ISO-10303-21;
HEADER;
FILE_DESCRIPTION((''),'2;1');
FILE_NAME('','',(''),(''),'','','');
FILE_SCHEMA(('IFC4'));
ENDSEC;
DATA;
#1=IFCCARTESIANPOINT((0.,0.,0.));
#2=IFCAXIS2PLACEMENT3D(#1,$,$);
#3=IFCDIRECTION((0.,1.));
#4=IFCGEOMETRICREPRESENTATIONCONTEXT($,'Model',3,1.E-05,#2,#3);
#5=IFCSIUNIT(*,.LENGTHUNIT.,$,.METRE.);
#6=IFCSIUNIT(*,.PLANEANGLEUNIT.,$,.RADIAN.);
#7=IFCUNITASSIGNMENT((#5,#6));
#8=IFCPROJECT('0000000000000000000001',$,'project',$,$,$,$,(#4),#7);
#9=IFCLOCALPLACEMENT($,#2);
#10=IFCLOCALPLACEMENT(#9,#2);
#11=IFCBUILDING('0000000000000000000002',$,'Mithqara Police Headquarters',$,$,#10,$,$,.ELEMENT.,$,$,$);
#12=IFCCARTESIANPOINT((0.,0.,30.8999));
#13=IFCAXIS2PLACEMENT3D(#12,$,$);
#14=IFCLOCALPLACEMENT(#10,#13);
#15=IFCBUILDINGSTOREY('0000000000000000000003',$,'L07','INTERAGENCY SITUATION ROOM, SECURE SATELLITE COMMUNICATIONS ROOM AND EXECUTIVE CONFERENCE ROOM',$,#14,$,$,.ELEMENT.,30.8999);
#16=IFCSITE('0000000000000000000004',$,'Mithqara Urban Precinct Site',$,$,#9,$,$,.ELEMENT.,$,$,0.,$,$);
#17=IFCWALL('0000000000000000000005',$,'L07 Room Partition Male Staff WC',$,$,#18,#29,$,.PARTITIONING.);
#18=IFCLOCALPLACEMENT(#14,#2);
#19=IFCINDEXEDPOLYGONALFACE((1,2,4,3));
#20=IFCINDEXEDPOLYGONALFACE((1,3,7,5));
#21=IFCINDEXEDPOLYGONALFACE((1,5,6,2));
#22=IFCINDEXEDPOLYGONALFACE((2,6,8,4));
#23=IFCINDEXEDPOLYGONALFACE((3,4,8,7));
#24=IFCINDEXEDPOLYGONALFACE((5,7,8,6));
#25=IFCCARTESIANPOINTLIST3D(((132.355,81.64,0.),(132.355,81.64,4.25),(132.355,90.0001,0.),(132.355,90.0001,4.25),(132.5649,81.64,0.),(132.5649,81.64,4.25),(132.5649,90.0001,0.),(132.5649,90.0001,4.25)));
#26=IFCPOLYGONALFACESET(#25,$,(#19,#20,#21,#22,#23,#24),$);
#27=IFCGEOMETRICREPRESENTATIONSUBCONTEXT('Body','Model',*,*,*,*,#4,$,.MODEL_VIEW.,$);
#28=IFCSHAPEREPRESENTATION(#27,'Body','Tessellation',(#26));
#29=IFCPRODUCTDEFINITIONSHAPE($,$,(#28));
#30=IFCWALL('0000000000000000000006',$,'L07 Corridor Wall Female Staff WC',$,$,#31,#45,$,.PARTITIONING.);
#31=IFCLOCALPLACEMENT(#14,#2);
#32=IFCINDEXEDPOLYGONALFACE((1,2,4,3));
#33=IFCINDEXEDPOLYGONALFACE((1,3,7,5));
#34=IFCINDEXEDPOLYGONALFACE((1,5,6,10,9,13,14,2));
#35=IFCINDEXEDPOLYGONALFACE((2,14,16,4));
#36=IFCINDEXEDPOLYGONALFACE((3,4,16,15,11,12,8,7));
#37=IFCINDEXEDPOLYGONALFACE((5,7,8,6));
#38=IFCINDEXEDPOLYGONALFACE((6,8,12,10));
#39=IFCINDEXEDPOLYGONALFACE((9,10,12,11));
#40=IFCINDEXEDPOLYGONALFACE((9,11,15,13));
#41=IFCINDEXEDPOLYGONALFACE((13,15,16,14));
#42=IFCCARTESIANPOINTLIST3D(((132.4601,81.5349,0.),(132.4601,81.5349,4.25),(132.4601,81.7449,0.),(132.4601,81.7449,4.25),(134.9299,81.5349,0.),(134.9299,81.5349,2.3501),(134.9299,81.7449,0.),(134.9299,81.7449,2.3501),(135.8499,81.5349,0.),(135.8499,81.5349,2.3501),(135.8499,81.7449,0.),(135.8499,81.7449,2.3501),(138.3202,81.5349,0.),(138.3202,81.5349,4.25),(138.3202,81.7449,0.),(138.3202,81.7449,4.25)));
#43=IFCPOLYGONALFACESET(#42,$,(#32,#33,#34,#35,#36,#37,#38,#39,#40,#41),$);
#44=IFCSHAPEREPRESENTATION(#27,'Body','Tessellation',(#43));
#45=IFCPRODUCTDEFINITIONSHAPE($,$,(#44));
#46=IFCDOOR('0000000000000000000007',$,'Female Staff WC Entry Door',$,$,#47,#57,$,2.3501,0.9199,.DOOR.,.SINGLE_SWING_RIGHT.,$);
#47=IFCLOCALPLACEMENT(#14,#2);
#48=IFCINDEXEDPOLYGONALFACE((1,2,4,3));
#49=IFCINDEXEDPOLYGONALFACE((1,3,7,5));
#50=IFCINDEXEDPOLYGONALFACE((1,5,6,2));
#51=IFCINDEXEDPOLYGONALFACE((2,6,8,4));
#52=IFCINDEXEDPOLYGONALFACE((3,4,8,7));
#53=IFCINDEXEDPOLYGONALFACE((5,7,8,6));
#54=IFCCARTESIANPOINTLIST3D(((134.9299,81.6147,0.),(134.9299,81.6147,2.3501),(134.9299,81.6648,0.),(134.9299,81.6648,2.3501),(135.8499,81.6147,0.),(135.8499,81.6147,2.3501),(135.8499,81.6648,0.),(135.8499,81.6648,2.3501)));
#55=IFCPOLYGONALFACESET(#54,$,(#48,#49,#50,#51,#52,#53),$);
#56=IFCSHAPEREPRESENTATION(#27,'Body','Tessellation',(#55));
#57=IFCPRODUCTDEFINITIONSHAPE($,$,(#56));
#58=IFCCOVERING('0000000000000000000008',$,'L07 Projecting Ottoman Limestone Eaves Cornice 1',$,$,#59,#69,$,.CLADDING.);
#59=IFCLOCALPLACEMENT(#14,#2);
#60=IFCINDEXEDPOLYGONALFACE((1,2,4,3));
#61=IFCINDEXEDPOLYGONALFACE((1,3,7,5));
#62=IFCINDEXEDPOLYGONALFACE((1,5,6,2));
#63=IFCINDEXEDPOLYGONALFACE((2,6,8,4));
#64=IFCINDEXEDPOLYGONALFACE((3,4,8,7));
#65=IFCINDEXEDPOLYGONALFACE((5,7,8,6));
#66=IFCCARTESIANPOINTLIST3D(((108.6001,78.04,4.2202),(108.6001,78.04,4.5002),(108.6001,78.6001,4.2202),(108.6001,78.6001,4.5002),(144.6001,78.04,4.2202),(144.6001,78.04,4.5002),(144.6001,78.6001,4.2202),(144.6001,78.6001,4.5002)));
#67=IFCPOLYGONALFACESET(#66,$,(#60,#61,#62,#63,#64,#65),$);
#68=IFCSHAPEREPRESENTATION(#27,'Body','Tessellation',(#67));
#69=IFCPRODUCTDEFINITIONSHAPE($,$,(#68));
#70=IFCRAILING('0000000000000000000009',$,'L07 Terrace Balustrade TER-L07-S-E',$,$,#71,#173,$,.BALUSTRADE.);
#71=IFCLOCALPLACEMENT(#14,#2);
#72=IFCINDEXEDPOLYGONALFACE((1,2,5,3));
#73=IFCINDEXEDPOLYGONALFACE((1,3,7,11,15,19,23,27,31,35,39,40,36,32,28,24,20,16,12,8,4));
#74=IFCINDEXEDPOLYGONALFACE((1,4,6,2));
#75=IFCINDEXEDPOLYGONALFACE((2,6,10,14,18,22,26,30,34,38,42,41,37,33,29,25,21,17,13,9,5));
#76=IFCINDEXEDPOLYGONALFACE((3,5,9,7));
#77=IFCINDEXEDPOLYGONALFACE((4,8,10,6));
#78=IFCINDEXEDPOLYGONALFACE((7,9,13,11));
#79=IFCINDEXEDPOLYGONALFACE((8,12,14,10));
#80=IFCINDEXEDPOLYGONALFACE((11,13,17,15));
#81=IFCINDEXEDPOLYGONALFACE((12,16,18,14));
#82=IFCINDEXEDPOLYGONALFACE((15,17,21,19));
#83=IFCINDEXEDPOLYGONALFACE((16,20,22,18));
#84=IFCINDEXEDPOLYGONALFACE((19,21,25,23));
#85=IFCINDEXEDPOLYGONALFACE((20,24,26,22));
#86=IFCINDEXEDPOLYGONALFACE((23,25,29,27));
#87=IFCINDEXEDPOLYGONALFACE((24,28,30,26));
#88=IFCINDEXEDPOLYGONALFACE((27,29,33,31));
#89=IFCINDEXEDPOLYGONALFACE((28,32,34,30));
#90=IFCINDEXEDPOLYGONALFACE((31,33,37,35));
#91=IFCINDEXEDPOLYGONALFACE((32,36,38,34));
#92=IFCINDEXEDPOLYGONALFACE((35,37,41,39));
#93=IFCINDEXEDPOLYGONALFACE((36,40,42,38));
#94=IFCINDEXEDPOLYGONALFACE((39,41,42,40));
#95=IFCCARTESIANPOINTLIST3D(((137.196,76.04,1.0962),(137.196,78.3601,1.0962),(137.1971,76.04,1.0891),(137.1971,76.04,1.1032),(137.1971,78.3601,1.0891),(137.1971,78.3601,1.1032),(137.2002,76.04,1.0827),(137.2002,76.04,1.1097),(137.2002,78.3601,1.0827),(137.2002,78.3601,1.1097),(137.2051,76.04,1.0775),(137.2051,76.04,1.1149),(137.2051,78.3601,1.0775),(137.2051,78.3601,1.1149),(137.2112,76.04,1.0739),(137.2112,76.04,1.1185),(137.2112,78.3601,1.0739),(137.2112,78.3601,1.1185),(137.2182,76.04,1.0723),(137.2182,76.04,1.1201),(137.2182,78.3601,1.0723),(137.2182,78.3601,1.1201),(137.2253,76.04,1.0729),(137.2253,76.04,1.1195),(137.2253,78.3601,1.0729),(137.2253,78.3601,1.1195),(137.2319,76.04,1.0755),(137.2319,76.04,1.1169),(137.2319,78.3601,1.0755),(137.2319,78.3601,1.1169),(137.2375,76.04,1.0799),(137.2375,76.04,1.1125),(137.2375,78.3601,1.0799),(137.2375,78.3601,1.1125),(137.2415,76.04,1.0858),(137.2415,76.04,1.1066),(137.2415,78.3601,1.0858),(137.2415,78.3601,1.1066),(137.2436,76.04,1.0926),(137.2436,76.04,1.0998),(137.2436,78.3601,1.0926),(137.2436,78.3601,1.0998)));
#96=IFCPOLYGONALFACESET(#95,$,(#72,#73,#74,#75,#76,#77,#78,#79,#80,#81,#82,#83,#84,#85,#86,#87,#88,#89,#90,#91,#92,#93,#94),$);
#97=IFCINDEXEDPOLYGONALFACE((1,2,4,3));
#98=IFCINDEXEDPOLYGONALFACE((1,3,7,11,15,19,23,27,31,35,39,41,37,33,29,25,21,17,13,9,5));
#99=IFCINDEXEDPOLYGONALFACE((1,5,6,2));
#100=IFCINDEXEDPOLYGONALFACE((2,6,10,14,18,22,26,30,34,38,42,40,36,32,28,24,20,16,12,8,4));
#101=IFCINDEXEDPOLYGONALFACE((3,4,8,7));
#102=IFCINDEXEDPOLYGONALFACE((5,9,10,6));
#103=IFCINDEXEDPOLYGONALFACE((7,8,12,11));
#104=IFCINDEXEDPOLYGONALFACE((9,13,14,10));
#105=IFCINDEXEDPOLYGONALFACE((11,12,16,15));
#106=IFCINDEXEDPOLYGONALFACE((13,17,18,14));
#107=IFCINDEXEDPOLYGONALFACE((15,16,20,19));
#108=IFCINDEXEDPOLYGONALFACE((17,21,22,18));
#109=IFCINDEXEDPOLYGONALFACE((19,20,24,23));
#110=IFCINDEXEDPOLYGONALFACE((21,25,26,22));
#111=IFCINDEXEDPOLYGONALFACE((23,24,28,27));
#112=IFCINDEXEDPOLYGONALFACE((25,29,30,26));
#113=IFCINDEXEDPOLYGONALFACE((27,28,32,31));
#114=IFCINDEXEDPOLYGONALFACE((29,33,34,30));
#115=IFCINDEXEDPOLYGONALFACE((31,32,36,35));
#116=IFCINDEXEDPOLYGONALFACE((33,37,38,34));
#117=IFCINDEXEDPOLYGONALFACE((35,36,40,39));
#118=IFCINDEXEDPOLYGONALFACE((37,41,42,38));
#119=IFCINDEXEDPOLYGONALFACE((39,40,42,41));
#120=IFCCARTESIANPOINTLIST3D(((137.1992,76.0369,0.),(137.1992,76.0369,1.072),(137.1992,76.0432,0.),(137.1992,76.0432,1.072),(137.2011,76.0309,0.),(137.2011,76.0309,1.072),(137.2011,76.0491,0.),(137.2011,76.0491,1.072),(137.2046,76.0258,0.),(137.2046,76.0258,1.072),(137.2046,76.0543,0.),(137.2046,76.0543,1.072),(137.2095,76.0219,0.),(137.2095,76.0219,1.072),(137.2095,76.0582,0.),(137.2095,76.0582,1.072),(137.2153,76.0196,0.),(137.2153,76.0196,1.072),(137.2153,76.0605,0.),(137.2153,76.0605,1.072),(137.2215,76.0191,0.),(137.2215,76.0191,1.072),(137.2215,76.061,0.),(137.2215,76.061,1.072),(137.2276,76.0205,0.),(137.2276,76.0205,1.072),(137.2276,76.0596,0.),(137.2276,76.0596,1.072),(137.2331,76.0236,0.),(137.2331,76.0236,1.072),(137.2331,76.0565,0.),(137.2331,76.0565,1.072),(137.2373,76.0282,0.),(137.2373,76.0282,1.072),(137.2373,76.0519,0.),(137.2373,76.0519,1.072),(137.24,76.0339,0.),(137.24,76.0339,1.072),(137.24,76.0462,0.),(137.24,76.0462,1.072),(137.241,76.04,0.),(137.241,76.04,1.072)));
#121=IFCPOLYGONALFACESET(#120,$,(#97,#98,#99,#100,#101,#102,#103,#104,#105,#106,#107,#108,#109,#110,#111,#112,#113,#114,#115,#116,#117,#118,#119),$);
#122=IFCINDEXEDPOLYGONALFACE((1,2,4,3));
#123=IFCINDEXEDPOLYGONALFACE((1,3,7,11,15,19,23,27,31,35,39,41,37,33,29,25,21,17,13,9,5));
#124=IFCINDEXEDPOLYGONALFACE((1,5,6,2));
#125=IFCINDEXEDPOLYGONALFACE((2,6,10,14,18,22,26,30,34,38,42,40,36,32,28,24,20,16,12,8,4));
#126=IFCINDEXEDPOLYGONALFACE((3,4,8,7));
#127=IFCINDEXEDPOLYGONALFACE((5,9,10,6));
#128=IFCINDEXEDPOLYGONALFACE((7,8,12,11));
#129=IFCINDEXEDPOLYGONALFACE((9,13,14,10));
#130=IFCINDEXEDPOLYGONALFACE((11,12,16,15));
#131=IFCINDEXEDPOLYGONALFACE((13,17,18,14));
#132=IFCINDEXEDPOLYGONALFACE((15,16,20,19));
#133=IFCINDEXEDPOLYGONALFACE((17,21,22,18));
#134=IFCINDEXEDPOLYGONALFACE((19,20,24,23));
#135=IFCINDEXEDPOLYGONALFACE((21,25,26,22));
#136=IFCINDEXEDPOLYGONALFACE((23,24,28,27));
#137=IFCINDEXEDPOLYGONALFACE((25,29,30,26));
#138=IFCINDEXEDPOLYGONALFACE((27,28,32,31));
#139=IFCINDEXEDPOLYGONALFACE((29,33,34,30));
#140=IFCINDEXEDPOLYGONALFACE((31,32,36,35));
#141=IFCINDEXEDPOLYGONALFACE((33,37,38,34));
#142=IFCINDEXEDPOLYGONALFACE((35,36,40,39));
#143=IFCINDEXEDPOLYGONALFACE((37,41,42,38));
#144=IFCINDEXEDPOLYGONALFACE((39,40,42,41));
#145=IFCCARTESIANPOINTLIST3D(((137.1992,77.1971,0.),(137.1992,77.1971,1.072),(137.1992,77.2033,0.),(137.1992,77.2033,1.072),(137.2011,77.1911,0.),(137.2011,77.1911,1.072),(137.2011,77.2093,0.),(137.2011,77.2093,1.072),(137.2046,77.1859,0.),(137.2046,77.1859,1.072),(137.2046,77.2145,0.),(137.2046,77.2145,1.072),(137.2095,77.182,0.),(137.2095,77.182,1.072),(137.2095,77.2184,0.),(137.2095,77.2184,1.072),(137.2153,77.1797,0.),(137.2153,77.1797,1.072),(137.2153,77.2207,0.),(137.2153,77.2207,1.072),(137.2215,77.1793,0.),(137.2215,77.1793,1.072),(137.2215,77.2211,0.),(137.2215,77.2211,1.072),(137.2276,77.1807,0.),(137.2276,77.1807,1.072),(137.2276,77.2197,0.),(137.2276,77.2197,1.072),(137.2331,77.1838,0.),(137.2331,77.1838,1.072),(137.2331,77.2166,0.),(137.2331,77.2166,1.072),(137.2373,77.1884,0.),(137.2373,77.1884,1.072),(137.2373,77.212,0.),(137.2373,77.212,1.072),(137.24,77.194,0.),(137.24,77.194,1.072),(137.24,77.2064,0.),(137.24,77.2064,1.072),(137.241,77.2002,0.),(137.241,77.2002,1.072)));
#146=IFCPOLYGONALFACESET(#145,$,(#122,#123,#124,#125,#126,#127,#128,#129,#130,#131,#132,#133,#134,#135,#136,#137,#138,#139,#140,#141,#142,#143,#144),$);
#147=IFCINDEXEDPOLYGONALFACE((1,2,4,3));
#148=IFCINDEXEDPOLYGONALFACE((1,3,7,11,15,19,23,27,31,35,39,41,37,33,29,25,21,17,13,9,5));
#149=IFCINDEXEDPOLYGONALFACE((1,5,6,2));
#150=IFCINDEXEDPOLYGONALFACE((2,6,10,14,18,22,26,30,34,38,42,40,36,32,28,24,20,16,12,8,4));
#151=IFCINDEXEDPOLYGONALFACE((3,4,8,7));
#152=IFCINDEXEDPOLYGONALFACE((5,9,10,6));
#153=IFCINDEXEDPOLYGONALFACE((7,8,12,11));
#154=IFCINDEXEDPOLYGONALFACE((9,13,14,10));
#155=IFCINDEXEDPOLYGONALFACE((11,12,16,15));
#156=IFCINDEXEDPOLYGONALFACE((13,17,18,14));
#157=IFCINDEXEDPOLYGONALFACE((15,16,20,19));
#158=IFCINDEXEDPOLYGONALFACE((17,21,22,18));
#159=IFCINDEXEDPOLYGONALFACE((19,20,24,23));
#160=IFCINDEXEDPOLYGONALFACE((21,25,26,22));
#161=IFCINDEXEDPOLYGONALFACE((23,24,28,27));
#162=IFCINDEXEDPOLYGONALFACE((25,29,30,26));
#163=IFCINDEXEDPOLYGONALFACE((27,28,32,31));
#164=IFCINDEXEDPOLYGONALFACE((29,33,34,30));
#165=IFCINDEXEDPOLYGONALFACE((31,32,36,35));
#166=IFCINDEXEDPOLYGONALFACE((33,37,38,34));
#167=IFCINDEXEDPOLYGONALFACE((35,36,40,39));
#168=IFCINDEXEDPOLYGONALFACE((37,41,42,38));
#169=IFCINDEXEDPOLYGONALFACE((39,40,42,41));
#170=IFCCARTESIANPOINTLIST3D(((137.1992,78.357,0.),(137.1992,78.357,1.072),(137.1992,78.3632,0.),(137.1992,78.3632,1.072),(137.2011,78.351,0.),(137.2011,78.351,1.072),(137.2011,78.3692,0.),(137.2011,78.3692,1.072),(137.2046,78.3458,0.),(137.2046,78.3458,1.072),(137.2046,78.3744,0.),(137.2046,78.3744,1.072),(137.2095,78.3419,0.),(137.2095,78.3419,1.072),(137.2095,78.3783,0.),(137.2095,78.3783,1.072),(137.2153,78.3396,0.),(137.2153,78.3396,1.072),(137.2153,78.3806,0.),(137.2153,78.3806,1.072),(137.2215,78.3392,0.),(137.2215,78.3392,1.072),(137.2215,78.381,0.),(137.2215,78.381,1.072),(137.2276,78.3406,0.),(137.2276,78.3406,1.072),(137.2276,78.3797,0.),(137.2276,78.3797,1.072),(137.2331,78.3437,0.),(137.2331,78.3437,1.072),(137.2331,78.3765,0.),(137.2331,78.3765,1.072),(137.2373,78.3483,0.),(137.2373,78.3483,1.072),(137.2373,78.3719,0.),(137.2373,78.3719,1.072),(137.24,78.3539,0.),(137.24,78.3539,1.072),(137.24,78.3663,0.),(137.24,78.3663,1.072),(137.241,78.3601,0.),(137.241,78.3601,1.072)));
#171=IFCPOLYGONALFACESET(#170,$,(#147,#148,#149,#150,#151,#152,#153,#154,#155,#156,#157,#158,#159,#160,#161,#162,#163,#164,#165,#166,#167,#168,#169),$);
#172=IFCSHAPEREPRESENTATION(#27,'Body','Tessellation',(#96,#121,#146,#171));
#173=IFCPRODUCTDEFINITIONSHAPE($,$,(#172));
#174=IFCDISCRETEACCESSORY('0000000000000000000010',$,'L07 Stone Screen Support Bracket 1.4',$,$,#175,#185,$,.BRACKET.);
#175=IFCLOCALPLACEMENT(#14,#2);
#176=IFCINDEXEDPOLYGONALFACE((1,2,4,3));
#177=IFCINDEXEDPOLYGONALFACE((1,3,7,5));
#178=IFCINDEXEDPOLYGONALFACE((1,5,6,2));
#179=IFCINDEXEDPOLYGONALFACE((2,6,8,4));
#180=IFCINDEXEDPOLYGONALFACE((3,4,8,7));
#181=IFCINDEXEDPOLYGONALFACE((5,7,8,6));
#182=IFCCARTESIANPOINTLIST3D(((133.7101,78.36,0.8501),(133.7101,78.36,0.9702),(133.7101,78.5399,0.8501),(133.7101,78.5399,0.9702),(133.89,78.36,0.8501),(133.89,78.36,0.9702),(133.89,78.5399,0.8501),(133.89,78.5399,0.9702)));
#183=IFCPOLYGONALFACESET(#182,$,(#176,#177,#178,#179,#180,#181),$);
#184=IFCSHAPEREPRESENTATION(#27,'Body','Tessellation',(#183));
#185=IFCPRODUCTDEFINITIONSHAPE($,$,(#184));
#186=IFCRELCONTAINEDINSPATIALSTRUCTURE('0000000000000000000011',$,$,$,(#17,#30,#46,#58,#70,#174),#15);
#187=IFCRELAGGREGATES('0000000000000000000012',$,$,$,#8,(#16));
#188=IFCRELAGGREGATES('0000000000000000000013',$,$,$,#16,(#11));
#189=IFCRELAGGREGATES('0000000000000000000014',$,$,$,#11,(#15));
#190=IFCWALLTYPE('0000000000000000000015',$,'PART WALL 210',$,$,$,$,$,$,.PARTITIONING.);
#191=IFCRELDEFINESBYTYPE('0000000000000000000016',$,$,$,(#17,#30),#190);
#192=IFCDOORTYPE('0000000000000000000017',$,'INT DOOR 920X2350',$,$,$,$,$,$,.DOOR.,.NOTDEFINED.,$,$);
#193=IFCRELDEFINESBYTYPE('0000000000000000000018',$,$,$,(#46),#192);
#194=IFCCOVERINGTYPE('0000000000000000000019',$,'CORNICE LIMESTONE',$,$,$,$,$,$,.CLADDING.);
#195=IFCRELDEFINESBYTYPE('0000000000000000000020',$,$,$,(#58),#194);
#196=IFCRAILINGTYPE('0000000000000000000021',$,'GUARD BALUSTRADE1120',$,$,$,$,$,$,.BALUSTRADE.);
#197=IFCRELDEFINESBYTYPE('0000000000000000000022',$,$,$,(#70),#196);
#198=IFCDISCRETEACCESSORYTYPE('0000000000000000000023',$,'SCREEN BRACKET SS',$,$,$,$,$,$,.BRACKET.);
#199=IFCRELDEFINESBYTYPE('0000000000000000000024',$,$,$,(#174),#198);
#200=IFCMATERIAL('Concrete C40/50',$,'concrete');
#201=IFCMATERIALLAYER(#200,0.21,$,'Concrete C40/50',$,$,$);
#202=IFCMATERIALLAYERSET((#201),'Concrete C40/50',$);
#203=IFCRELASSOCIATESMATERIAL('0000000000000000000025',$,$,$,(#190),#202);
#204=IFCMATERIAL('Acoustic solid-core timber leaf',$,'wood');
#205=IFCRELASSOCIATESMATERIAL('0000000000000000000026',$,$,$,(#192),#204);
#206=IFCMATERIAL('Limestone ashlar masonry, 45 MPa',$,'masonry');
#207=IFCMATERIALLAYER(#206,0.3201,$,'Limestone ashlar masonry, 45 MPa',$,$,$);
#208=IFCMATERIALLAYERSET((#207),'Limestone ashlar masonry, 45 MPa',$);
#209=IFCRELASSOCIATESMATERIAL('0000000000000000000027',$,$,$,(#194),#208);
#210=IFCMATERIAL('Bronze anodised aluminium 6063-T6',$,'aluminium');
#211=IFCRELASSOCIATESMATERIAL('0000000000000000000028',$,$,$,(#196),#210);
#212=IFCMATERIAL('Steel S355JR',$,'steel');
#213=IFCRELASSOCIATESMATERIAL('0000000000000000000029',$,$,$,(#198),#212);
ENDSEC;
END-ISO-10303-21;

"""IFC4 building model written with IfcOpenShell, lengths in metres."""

from ifc_helpers import new_model, si_unit, direction, frame, frame_2d, origin, origin_2d, place, context, subcontext, project, spatial, rectangle, circle, extrude, material, layer, layer_set, type_object, element, fill, save


model = new_model("IFC4")

# Units and contexts
model_context = context("Model", 3, precision=1e-05, world=origin(), true_north=direction((0.0, 1.0)))
body_context = subcontext(model_context, "Body", "Model", "MODEL_VIEW")
ifc_project = project(units=[si_unit("LENGTHUNIT", "METRE"), si_unit("PLANEANGLEUNIT", "RADIAN")], contexts=[model_context])

# Site, building, storey
site_placement = place(None, origin())
site = spatial("IfcSite", under=ifc_project, at=site_placement, Name="Mithqara Urban Precinct Site", CompositionType="ELEMENT", RefElevation=0.0)
building_placement = place(site_placement, origin())
building = spatial("IfcBuilding", under=site, at=building_placement, Name="Mithqara Police Headquarters", CompositionType="ELEMENT")
storey_placement = place(building_placement, frame((0.0, 0.0, 30.8999)))
storey = spatial("IfcBuildingStorey", under=building, at=storey_placement, Name="L07", Description="INTERAGENCY SITUATION ROOM, SECURE SATELLITE COMMUNICATIONS ROOM AND EXECUTIVE CONFERENCE ROOM", CompositionType="ELEMENT", Elevation=30.8999)

# Shared definitions
ifc_material_1 = material(Name="Steel S355JR", Category="steel")
ifc_material_2 = material(Name="Concrete C40/50", Category="concrete")

# Shared definitions
ifc_material_3 = material(Name="Limestone ashlar masonry, 45 MPa", Category="masonry")

# Shared definitions
ifc_layer_1 = layer(ifc_material_2, 0.21, Name="Concrete C40/50")
ifc_layer_set_1 = layer_set([ifc_layer_1], Name="Concrete C40/50")
wall_type = type_object("IfcWallType", Name="PART WALL 210", PredefinedType="PARTITIONING", material=ifc_layer_set_1)

# Shared definitions
ifc_material_4 = material(Name="Acoustic solid-core timber leaf", Category="wood")

# Wall
wall_1_placement = place(storey_placement, frame((132.46, 81.6399, 0.0), z_axis=(0.0, 0.0, 1.0), x_axis=(0.0, 1.0, 0.0)))
element("IfcWall", 1, at=wall_1_placement, inside=storey, type_object=wall_type, Name="L07 Room Partition Male Staff WC", PredefinedType="PARTITIONING", context=body_context, shape_type="SweptSolid", body=[
    extrude(rectangle(XDim=8.3601, YDim=0.21, at=frame_2d((4.1802, 0.0))), origin(), (0.0, 0.0, 1.0), 4.25),
])

# Wall, opening, door
wall_2_placement = place(storey_placement, frame((132.46, 81.6399, 0.0), z_axis=(0.0, 0.0, 1.0), x_axis=(1.0, 0.0, 0.0)))
wall_2 = element("IfcWall", 2, at=wall_2_placement, inside=storey, type_object=wall_type, Name="L07 Corridor Wall Female Staff WC", PredefinedType="PARTITIONING", context=body_context, shape_type="SweptSolid", body=[
    extrude(rectangle(XDim=5.8601, YDim=0.21, at=frame_2d((2.9302, 0.0))), origin(), (0.0, 0.0, 1.0), 4.25),
])
opening_1_placement = place(wall_2_placement, frame((2.47, 0.0, 0.0)))
opening_1 = element("IfcOpeningElement", 3, at=opening_1_placement, cuts=wall_2, PredefinedType="OPENING", context=body_context, shape_type="SweptSolid", body=[
    extrude(rectangle(XDim=0.9199, YDim=2.3501, at=frame_2d((0.46, 1.175))), frame((0.0, 0.115, 0.0), z_axis=(0.0, -1.0, 0.0), x_axis=(1.0, 0.0, 0.0)), (0.0, 0.0, 1.0), 0.23),
])
door_type_1 = type_object("IfcDoorType", Name="INT DOOR 920X2350", OperationType="NOTDEFINED", PredefinedType="DOOR", material=ifc_material_4)
door_1_placement = place(opening_1_placement, origin())
door_1 = element("IfcDoor", 4, at=door_1_placement, inside=storey, type_object=door_type_1, Name="Female Staff WC Entry Door", OperationType="SINGLE_SWING_RIGHT", OverallHeight=2.3501, OverallWidth=0.9199, PredefinedType="DOOR", context=body_context, shape_type="SweptSolid", body=[
    extrude(rectangle(XDim=0.9199, YDim=2.3501, at=frame_2d((0.46, 1.175))), frame((0.0, 0.0249, 0.0), z_axis=(0.0, -1.0, 0.0), x_axis=(1.0, 0.0, 0.0)), (0.0, 0.0, 1.0), 0.05),
])
fill(opening_1, door_1)

# Covering
ifc_layer_2 = layer(ifc_material_3, 0.3201, Name="Limestone ashlar masonry, 45 MPa")
ifc_layer_set_2 = layer_set([ifc_layer_2], Name="Limestone ashlar masonry, 45 MPa")
covering_type = type_object("IfcCoveringType", Name="CORNICE LIMESTONE", PredefinedType="CLADDING", material=ifc_layer_set_2)
covering_placement = place(storey_placement, frame((126.6001, 78.3201, 4.2202), z_axis=(0.0, 0.0, 1.0), x_axis=(1.0, 0.0, 0.0)))
element("IfcCovering", 5, at=covering_placement, inside=storey, type_object=covering_type, Name="L07 Projecting Ottoman Limestone Eaves Cornice 1", PredefinedType="CLADDING", context=body_context, shape_type="SweptSolid", body=[
    extrude(rectangle(XDim=36.0, YDim=0.5601, at=origin_2d()), origin(), (0.0, 0.0, 1.0), 0.28),
])

# Railing
ifc_material_5 = material(Name="Bronze anodised aluminium 6063-T6", Category="aluminium")
railing_type = type_object("IfcRailingType", Name="GUARD BALUSTRADE1120", PredefinedType="BALUSTRADE", material=ifc_material_5)
railing_placement = place(storey_placement, frame((137.22, 76.04, 0.0)))
element("IfcRailing", 6, at=railing_placement, inside=storey, type_object=railing_type, Name="L07 Terrace Balustrade TER-L07-S-E", PredefinedType="BALUSTRADE", context=body_context, shape_type="SweptSolid", body=[
    extrude(circle(Radius=0.0239, at=origin_2d()), frame((0.0, 0.0, 1.0962), z_axis=(0.0, 1.0, 0.0), x_axis=(-1.0, 0.0, 0.0)), (0.0, 0.0, 1.0), 2.3201),
    extrude(circle(Radius=0.021, at=origin_2d()), origin(), (0.0, 0.0, 1.0), 1.072),
    extrude(circle(Radius=0.021, at=origin_2d()), frame((0.0, 1.1602, 0.0)), (0.0, 0.0, 1.0), 1.072),
    extrude(circle(Radius=0.021, at=origin_2d()), frame((0.0, 2.3201, 0.0)), (0.0, 0.0, 1.0), 1.072),
])

# Discrete accessory
discrete_accessory_type = type_object("IfcDiscreteAccessoryType", Name="SCREEN BRACKET SS", PredefinedType="BRACKET", material=ifc_material_1)
discrete_accessory_placement = place(storey_placement, frame((133.8, 78.45, 0.8501), z_axis=(0.0, 0.0, 1.0), x_axis=(1.0, 0.0, 0.0)))
element("IfcDiscreteAccessory", 7, at=discrete_accessory_placement, inside=storey, type_object=discrete_accessory_type, Name="L07 Stone Screen Support Bracket 1.4", PredefinedType="BRACKET", context=body_context, shape_type="SweptSolid", body=[
    extrude(rectangle(XDim=0.1799, YDim=0.1799, at=origin_2d()), origin(), (0.0, 0.0, 1.0), 0.1201),
])

save(model, "model.ifc")
